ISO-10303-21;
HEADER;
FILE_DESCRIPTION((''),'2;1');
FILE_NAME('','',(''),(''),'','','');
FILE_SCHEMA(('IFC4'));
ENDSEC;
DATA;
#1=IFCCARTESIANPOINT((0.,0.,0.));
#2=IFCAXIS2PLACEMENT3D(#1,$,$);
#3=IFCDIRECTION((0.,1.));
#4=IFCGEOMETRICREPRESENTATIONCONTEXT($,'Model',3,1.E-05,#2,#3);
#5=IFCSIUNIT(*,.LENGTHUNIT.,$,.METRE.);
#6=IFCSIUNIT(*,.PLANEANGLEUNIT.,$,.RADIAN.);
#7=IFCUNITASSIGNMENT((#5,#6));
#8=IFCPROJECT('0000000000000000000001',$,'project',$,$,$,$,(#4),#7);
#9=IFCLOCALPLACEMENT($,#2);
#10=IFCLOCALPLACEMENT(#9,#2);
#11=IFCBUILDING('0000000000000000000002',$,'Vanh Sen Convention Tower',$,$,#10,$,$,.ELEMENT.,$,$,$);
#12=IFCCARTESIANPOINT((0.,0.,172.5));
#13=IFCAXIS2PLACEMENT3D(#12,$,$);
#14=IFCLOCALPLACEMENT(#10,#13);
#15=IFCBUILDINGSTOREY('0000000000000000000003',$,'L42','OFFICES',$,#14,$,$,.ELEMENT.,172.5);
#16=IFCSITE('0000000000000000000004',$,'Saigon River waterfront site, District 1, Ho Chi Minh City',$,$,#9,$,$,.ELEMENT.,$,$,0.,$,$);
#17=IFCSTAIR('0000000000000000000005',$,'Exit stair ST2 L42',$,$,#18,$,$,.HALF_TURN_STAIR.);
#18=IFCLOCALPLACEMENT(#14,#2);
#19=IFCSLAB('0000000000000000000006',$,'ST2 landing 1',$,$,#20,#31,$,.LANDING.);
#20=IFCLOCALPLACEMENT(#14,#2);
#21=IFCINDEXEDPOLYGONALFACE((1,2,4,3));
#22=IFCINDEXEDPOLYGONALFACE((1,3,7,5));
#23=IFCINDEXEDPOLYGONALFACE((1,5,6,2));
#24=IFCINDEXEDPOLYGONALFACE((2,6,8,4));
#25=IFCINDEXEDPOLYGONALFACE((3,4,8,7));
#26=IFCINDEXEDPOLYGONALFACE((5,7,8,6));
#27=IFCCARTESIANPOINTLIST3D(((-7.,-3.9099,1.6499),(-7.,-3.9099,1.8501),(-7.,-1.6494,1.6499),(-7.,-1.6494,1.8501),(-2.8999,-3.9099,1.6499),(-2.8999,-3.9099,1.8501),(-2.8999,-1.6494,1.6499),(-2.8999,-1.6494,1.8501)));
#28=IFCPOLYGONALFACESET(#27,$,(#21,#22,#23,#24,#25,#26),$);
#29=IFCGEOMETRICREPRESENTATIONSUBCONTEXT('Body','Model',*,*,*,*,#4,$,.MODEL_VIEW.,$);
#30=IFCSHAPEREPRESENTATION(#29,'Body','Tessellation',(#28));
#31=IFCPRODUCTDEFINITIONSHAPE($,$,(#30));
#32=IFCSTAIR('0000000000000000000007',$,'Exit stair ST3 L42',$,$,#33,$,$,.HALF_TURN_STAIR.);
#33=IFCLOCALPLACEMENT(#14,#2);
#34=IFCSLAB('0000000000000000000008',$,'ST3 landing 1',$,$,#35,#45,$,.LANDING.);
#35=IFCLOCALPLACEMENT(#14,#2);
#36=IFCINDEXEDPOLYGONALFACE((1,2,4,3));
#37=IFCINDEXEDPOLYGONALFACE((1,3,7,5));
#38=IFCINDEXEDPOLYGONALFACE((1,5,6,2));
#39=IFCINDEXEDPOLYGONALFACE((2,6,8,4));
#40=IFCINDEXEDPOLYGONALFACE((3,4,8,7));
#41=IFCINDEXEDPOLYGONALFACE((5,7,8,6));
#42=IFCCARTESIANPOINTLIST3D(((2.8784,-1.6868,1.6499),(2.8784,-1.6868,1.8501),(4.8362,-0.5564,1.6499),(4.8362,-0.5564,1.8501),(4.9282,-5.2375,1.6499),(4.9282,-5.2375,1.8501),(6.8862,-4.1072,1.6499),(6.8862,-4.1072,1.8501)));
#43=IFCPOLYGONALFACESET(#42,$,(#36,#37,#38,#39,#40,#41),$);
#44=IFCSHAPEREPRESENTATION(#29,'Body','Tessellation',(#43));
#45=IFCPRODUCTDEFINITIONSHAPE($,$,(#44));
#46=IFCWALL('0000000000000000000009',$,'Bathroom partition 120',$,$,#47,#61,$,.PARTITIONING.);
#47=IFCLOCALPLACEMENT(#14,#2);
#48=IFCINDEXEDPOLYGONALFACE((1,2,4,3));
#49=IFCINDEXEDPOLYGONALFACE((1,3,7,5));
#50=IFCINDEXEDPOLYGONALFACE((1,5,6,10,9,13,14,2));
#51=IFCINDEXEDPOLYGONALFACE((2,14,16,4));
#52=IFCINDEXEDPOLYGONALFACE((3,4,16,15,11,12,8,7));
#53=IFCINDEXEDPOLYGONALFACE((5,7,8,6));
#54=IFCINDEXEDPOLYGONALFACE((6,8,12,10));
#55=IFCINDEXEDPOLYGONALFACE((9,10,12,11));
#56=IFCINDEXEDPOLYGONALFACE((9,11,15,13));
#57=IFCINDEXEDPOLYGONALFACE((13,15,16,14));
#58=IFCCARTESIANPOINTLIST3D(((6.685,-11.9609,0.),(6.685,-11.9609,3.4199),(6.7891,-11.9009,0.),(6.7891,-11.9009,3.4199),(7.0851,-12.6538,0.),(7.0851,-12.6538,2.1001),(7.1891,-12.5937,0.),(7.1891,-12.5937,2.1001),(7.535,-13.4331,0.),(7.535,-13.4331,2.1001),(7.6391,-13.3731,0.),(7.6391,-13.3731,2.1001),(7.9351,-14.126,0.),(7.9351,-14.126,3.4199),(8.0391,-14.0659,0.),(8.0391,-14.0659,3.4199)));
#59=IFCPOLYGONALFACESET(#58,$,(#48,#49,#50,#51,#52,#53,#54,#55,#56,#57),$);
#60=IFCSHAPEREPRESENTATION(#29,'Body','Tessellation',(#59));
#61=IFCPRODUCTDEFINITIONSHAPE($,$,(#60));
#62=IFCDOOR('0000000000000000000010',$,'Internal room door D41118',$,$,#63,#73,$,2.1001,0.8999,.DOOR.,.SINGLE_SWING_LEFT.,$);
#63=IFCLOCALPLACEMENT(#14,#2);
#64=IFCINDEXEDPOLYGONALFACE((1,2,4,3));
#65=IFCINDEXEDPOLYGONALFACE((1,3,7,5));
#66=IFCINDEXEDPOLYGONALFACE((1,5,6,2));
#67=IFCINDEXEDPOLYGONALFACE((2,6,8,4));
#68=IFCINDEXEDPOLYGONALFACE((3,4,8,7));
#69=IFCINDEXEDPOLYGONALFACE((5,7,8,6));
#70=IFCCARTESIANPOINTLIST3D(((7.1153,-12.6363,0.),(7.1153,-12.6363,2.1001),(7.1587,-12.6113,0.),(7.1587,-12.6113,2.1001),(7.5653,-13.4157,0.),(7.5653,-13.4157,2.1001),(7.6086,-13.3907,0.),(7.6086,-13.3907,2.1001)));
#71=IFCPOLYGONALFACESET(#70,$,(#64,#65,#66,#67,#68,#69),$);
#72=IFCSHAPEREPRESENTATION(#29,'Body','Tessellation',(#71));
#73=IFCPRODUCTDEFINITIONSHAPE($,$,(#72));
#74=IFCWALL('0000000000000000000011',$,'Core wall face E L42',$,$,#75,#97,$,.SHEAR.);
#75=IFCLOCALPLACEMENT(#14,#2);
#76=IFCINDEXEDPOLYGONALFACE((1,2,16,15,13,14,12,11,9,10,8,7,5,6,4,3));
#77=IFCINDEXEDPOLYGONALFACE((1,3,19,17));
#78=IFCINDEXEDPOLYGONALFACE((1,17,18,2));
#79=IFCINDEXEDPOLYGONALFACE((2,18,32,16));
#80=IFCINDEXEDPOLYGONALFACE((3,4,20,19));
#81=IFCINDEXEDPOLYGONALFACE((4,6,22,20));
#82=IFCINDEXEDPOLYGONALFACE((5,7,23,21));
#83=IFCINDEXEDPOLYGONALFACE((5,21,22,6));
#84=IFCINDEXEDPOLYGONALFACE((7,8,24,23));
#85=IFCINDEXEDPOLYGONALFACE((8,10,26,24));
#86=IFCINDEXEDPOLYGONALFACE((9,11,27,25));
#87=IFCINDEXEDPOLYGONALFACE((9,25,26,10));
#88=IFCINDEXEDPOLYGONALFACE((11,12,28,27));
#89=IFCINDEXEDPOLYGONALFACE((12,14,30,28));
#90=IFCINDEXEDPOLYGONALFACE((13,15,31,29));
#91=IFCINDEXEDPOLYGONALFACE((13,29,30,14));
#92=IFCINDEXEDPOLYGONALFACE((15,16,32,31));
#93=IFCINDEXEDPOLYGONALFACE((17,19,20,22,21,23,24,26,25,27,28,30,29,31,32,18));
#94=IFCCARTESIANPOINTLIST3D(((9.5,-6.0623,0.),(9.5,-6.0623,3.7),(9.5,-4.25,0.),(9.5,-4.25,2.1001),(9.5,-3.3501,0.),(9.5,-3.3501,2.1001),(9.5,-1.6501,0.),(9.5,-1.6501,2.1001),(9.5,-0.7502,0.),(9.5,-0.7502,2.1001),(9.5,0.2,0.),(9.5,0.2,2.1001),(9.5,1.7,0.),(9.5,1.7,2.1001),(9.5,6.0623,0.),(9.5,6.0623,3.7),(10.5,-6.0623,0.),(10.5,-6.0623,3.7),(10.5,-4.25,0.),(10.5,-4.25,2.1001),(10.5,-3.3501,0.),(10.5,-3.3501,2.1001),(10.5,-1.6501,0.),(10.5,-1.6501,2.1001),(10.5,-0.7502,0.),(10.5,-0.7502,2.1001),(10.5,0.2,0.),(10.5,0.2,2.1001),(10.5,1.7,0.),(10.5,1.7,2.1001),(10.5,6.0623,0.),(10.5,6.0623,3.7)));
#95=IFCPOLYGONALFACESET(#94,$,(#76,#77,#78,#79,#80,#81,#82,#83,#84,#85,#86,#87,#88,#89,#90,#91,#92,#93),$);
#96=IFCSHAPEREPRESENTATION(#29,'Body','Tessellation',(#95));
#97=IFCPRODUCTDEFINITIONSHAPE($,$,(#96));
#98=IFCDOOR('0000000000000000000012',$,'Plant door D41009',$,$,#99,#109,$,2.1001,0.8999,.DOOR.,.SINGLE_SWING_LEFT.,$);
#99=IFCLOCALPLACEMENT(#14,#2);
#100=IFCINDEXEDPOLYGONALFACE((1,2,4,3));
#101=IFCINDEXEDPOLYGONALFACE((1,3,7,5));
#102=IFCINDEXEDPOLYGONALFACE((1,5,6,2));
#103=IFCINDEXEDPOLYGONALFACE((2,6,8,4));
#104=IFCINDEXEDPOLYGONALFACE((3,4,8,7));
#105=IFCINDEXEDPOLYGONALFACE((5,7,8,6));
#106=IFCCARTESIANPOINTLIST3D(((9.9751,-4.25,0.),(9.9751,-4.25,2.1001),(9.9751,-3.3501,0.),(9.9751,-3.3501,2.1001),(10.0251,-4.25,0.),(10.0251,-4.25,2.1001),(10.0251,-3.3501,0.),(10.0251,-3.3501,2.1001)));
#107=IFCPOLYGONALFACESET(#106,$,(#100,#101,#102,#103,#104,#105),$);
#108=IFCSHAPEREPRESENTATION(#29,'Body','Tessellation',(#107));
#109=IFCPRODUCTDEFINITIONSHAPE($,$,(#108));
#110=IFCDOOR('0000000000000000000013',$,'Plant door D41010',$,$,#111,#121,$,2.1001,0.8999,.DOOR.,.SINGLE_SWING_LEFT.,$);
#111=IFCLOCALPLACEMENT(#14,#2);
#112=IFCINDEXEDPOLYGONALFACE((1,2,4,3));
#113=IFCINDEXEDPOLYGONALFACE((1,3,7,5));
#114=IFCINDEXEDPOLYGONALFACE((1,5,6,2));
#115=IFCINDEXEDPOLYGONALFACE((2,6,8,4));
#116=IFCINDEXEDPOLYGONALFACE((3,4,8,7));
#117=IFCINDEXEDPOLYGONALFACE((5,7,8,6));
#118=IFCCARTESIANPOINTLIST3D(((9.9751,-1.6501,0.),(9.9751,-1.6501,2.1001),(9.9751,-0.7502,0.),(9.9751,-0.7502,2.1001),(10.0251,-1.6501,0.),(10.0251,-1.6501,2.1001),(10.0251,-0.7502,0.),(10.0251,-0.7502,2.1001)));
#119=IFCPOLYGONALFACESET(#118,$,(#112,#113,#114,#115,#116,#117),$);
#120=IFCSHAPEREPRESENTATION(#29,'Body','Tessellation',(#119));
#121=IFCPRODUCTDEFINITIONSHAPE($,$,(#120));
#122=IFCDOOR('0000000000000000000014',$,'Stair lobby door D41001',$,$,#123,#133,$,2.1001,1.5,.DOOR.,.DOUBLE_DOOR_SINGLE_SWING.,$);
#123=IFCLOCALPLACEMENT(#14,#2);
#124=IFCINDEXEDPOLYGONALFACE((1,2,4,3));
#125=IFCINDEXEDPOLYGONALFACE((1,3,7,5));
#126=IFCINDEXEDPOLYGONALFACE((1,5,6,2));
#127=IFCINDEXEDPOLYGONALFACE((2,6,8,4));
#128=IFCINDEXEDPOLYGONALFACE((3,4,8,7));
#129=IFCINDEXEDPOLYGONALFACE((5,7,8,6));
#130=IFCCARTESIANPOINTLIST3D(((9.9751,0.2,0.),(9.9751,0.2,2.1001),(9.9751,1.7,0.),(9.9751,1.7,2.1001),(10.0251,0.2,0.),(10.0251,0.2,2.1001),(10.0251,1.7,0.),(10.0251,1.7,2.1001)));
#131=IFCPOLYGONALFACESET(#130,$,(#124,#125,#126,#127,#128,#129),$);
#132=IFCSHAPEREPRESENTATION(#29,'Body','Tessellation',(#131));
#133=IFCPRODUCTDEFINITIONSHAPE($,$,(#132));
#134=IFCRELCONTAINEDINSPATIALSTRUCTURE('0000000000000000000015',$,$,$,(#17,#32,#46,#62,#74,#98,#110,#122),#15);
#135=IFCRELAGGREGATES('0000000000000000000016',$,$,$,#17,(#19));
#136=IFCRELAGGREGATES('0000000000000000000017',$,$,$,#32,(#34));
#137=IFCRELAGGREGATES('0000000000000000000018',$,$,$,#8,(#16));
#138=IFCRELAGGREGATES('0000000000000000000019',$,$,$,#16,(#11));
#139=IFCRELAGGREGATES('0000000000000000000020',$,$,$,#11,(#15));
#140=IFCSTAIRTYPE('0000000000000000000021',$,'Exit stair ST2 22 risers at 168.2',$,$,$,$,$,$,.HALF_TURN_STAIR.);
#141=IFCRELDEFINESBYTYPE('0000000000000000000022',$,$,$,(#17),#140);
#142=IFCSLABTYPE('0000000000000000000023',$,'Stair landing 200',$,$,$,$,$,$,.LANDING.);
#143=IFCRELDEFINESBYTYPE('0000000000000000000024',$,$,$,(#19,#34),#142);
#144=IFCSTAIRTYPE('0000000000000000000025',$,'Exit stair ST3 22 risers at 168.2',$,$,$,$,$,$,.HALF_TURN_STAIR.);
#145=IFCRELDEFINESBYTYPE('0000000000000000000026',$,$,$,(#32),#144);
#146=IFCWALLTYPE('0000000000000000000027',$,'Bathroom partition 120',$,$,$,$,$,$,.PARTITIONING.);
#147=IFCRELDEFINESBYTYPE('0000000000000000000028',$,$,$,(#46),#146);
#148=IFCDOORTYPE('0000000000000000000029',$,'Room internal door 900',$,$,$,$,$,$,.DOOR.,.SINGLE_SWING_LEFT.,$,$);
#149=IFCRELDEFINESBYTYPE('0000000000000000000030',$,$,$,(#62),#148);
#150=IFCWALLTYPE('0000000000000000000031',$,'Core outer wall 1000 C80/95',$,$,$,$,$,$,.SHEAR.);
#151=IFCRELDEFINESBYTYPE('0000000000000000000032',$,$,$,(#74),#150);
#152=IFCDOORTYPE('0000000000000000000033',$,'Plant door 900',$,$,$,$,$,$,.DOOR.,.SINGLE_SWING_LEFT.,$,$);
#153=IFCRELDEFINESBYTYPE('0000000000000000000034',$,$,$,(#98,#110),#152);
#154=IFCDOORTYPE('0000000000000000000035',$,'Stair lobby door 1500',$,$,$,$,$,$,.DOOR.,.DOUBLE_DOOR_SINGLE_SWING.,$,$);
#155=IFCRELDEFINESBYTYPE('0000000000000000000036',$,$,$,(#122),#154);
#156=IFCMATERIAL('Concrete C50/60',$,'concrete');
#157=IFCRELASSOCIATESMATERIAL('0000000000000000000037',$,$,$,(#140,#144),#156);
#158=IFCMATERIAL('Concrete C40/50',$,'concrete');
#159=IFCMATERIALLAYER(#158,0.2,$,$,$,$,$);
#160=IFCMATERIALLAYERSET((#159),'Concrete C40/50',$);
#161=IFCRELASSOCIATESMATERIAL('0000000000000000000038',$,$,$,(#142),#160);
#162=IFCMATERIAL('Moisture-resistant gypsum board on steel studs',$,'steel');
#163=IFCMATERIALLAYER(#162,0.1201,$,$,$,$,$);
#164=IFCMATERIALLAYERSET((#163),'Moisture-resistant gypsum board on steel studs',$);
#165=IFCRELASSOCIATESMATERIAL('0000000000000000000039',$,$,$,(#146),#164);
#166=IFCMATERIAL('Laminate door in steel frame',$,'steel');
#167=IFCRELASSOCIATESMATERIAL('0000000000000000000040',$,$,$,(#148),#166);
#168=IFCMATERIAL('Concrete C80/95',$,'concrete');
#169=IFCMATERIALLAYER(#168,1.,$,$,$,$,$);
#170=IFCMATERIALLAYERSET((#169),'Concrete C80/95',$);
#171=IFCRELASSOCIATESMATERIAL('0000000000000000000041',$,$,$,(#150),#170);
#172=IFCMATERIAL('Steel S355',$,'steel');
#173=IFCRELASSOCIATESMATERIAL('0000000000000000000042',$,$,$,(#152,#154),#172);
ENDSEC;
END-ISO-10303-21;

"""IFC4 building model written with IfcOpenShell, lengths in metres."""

from ifc_helpers import new_model, si_unit, direction, frame, frame_2d, origin, place, context, subcontext, project, spatial, polyline, rectangle, outline, extrude, material, layer, layer_set, type_object, element, fill, aggregate, save


model = new_model("IFC4")

# Units and contexts
model_context = context("Model", 3, precision=1e-05, world=origin(), true_north=direction((0.0, 1.0)))
body_context = subcontext(model_context, "Body", "Model", "MODEL_VIEW")
ifc_project = project(units=[si_unit("LENGTHUNIT", "METRE"), si_unit("PLANEANGLEUNIT", "RADIAN")], contexts=[model_context])

# Site, building, storey
site_placement = place(None, origin())
site = spatial("IfcSite", under=ifc_project, at=site_placement, Name="Saigon River waterfront site, District 1, Ho Chi Minh City", CompositionType="ELEMENT", RefElevation=0.0)
building_placement = place(site_placement, origin())
building = spatial("IfcBuilding", under=site, at=building_placement, Name="Vanh Sen Convention Tower", CompositionType="ELEMENT")
storey_placement = place(building_placement, frame((0.0, 0.0, 172.5)))
storey = spatial("IfcBuildingStorey", under=building, at=storey_placement, Name="L42", Description="OFFICES", CompositionType="ELEMENT", Elevation=172.5)

# Stairs, slabs
ifc_material_1 = material(Name="Concrete C50/60", Category="concrete")
stair_type_1 = type_object("IfcStairType", Name="Exit stair ST2 22 risers at 168.2", PredefinedType="HALF_TURN_STAIR", material=ifc_material_1)
stair_1_placement = place(storey_placement, origin())
stair_1 = element("IfcStair", 1, at=stair_1_placement, inside=storey, type_object=stair_type_1, Name="Exit stair ST2 L42", PredefinedType="HALF_TURN_STAIR")
ifc_material_2 = material(Name="Concrete C40/50", Category="concrete")
ifc_layer_1 = layer(ifc_material_2, 0.2)
ifc_layer_set_1 = layer_set([ifc_layer_1], Name="Concrete C40/50")
slab_type = type_object("IfcSlabType", Name="Stair landing 200", PredefinedType="LANDING", material=ifc_layer_set_1)
slab_1_placement = place(storey_placement, frame((0.0, 0.0, 1.6499)))
slab_1 = element("IfcSlab", 2, at=slab_1_placement, type_object=slab_type, Name="ST2 landing 1", PredefinedType="LANDING", context=body_context, shape_type="SweptSolid", body=[
    extrude(outline(polyline([(-7.0, -1.6494), (-7.0, -3.9099), (-2.8999, -3.9099), (-2.8999, -1.6494), (-7.0, -1.6494)])), origin(), (0.0, 0.0, 1.0), 0.2002),
])
aggregate(stair_1, [slab_1])
stair_type_2 = type_object("IfcStairType", Name="Exit stair ST3 22 risers at 168.2", PredefinedType="HALF_TURN_STAIR", material=ifc_material_1)
stair_2_placement = place(storey_placement, origin())
stair_2 = element("IfcStair", 3, at=stair_2_placement, inside=storey, type_object=stair_type_2, Name="Exit stair ST3 L42", PredefinedType="HALF_TURN_STAIR")
slab_2_placement = place(storey_placement, frame((0.0, 0.0, 1.6499)))
slab_2 = element("IfcSlab", 4, at=slab_2_placement, type_object=slab_type, Name="ST3 landing 1", PredefinedType="LANDING", context=body_context, shape_type="SweptSolid", body=[
    extrude(outline(polyline([(4.9282, -5.2375), (6.8862, -4.1072), (4.8362, -0.5564), (2.8784, -1.6868), (4.9282, -5.2375)])), origin(), (0.0, 0.0, 1.0), 0.2002),
])
aggregate(stair_2, [slab_2])

# Wall, opening, door
ifc_material_3 = material(Name="Moisture-resistant gypsum board on steel studs", Category="steel")
ifc_layer_2 = layer(ifc_material_3, 0.1201)
ifc_layer_set_2 = layer_set([ifc_layer_2], Name="Moisture-resistant gypsum board on steel studs")
wall_type_1 = type_object("IfcWallType", Name="Bathroom partition 120", PredefinedType="PARTITIONING", material=ifc_layer_set_2)
wall_1_placement = place(storey_placement, frame((6.7371, -11.9309, 0.0), z_axis=(0.0, 0.0, 1.0), x_axis=(0.500004, -0.866023, 0.0)))
wall_1 = element("IfcWall", 5, at=wall_1_placement, inside=storey, type_object=wall_type_1, Name="Bathroom partition 120", PredefinedType="PARTITIONING", context=body_context, shape_type="SweptSolid", body=[
    extrude(rectangle(XDim=2.5, YDim=0.1201, at=frame_2d((1.25, 0.0))), origin(), (0.0, 0.0, 1.0), 3.4199),
])
opening_1_placement = place(wall_1_placement, frame((0.8, 0.0, 0.0)))
opening_1 = element("IfcOpeningElement", 6, at=opening_1_placement, cuts=wall_1, PredefinedType="OPENING", context=body_context, shape_type="SweptSolid", body=[
    extrude(rectangle(XDim=0.8999, YDim=2.1001, at=frame_2d((0.45, 1.05))), frame((0.0, 0.0701, 0.0), z_axis=(0.0, -1.0, 0.0), x_axis=(1.0, 0.0, 0.0)), (0.0, 0.0, 1.0), 0.1401),
])
ifc_material_4 = material(Name="Laminate door in steel frame", Category="steel")
door_type_1 = type_object("IfcDoorType", Name="Room internal door 900", OperationType="SINGLE_SWING_LEFT", PredefinedType="DOOR", material=ifc_material_4)
door_1_placement = place(opening_1_placement, origin())
door_1 = element("IfcDoor", 7, at=door_1_placement, inside=storey, type_object=door_type_1, Name="Internal room door D41118", OperationType="SINGLE_SWING_LEFT", OverallHeight=2.1001, OverallWidth=0.8999, PredefinedType="DOOR", context=body_context, shape_type="SweptSolid", body=[
    extrude(rectangle(XDim=0.8999, YDim=2.1001, at=frame_2d((0.45, 1.05))), frame((0.0, 0.0249, 0.0), z_axis=(0.0, -1.0, 0.0), x_axis=(1.0, 0.0, 0.0)), (0.0, 0.0, 1.0), 0.05),
])
fill(opening_1, door_1)

# Wall, openings, doors
ifc_material_5 = material(Name="Concrete C80/95", Category="concrete")
ifc_layer_3 = layer(ifc_material_5, 1.0)
ifc_layer_set_3 = layer_set([ifc_layer_3], Name="Concrete C80/95")
wall_type_2 = type_object("IfcWallType", Name="Core outer wall 1000 C80/95", PredefinedType="SHEAR", material=ifc_layer_set_3)
wall_2_placement = place(storey_placement, frame((10.0, -6.0623, 0.0), z_axis=(0.0, 0.0, 1.0), x_axis=(0.0, 1.0, 0.0)))
wall_2 = element("IfcWall", 8, at=wall_2_placement, inside=storey, type_object=wall_type_2, Name="Core wall face E L42", PredefinedType="SHEAR", context=body_context, shape_type="SweptSolid", body=[
    extrude(rectangle(XDim=12.1245, YDim=1.0, at=frame_2d((6.0623, 0.0))), origin(), (0.0, 0.0, 1.0), 3.7),
])
opening_2_placement = place(wall_2_placement, frame((6.2622, 0.0, 0.0)))
opening_2 = element("IfcOpeningElement", 9, at=opening_2_placement, cuts=wall_2, PredefinedType="OPENING", context=body_context, shape_type="SweptSolid", body=[
    extrude(rectangle(XDim=1.5, YDim=2.1001, at=frame_2d((0.75, 1.05))), frame((0.0, 0.51, 0.0), z_axis=(0.0, -1.0, 0.0), x_axis=(1.0, 0.0, 0.0)), (0.0, 0.0, 1.0), 1.02),
])
opening_3_placement = place(wall_2_placement, frame((1.8123, 0.0, 0.0)))
opening_3 = element("IfcOpeningElement", 10, at=opening_3_placement, cuts=wall_2, PredefinedType="OPENING", context=body_context, shape_type="SweptSolid", body=[
    extrude(rectangle(XDim=0.8999, YDim=2.1001, at=frame_2d((0.45, 1.05))), frame((0.0, 0.51, 0.0), z_axis=(0.0, -1.0, 0.0), x_axis=(1.0, 0.0, 0.0)), (0.0, 0.0, 1.0), 1.02),
])
opening_4_placement = place(wall_2_placement, frame((4.4121, 0.0, 0.0)))
opening_4 = element("IfcOpeningElement", 11, at=opening_4_placement, cuts=wall_2, PredefinedType="OPENING", context=body_context, shape_type="SweptSolid", body=[
    extrude(rectangle(XDim=0.8999, YDim=2.1001, at=frame_2d((0.45, 1.05))), frame((0.0, 0.51, 0.0), z_axis=(0.0, -1.0, 0.0), x_axis=(1.0, 0.0, 0.0)), (0.0, 0.0, 1.0), 1.02),
])
ifc_material_6 = material(Name="Steel S355", Category="steel")
door_type_2 = type_object("IfcDoorType", Name="Plant door 900", OperationType="SINGLE_SWING_LEFT", PredefinedType="DOOR", material=ifc_material_6)
door_2_placement = place(opening_3_placement, origin())
door_2 = element("IfcDoor", 12, at=door_2_placement, inside=storey, type_object=door_type_2, Name="Plant door D41009", OperationType="SINGLE_SWING_LEFT", OverallHeight=2.1001, OverallWidth=0.8999, PredefinedType="DOOR", context=body_context, shape_type="SweptSolid", body=[
    extrude(rectangle(XDim=0.8999, YDim=2.1001, at=frame_2d((0.45, 1.05))), frame((0.0, 0.0249, 0.0), z_axis=(0.0, -1.0, 0.0), x_axis=(1.0, 0.0, 0.0)), (0.0, 0.0, 1.0), 0.05),
])
fill(opening_3, door_2)
door_3_placement = place(opening_4_placement, origin())
door_3 = element("IfcDoor", 13, at=door_3_placement, inside=storey, type_object=door_type_2, Name="Plant door D41010", OperationType="SINGLE_SWING_LEFT", OverallHeight=2.1001, OverallWidth=0.8999, PredefinedType="DOOR", context=body_context, shape_type="SweptSolid", body=[
    extrude(rectangle(XDim=0.8999, YDim=2.1001, at=frame_2d((0.45, 1.05))), frame((0.0, 0.0249, 0.0), z_axis=(0.0, -1.0, 0.0), x_axis=(1.0, 0.0, 0.0)), (0.0, 0.0, 1.0), 0.05),
])
fill(opening_4, door_3)
door_type_3 = type_object("IfcDoorType", Name="Stair lobby door 1500", OperationType="DOUBLE_DOOR_SINGLE_SWING", PredefinedType="DOOR", material=ifc_material_6)
door_4_placement = place(opening_2_placement, origin())
door_4 = element("IfcDoor", 14, at=door_4_placement, inside=storey, type_object=door_type_3, Name="Stair lobby door D41001", OperationType="DOUBLE_DOOR_SINGLE_SWING", OverallHeight=2.1001, OverallWidth=1.5, PredefinedType="DOOR", context=body_context, shape_type="SweptSolid", body=[
    extrude(rectangle(XDim=1.5, YDim=2.1001, at=frame_2d((0.75, 1.05))), frame((0.0, 0.0249, 0.0), z_axis=(0.0, -1.0, 0.0), x_axis=(1.0, 0.0, 0.0)), (0.0, 0.0, 1.0), 0.05),
])
fill(opening_2, door_4)

save(model, "model.ifc")
